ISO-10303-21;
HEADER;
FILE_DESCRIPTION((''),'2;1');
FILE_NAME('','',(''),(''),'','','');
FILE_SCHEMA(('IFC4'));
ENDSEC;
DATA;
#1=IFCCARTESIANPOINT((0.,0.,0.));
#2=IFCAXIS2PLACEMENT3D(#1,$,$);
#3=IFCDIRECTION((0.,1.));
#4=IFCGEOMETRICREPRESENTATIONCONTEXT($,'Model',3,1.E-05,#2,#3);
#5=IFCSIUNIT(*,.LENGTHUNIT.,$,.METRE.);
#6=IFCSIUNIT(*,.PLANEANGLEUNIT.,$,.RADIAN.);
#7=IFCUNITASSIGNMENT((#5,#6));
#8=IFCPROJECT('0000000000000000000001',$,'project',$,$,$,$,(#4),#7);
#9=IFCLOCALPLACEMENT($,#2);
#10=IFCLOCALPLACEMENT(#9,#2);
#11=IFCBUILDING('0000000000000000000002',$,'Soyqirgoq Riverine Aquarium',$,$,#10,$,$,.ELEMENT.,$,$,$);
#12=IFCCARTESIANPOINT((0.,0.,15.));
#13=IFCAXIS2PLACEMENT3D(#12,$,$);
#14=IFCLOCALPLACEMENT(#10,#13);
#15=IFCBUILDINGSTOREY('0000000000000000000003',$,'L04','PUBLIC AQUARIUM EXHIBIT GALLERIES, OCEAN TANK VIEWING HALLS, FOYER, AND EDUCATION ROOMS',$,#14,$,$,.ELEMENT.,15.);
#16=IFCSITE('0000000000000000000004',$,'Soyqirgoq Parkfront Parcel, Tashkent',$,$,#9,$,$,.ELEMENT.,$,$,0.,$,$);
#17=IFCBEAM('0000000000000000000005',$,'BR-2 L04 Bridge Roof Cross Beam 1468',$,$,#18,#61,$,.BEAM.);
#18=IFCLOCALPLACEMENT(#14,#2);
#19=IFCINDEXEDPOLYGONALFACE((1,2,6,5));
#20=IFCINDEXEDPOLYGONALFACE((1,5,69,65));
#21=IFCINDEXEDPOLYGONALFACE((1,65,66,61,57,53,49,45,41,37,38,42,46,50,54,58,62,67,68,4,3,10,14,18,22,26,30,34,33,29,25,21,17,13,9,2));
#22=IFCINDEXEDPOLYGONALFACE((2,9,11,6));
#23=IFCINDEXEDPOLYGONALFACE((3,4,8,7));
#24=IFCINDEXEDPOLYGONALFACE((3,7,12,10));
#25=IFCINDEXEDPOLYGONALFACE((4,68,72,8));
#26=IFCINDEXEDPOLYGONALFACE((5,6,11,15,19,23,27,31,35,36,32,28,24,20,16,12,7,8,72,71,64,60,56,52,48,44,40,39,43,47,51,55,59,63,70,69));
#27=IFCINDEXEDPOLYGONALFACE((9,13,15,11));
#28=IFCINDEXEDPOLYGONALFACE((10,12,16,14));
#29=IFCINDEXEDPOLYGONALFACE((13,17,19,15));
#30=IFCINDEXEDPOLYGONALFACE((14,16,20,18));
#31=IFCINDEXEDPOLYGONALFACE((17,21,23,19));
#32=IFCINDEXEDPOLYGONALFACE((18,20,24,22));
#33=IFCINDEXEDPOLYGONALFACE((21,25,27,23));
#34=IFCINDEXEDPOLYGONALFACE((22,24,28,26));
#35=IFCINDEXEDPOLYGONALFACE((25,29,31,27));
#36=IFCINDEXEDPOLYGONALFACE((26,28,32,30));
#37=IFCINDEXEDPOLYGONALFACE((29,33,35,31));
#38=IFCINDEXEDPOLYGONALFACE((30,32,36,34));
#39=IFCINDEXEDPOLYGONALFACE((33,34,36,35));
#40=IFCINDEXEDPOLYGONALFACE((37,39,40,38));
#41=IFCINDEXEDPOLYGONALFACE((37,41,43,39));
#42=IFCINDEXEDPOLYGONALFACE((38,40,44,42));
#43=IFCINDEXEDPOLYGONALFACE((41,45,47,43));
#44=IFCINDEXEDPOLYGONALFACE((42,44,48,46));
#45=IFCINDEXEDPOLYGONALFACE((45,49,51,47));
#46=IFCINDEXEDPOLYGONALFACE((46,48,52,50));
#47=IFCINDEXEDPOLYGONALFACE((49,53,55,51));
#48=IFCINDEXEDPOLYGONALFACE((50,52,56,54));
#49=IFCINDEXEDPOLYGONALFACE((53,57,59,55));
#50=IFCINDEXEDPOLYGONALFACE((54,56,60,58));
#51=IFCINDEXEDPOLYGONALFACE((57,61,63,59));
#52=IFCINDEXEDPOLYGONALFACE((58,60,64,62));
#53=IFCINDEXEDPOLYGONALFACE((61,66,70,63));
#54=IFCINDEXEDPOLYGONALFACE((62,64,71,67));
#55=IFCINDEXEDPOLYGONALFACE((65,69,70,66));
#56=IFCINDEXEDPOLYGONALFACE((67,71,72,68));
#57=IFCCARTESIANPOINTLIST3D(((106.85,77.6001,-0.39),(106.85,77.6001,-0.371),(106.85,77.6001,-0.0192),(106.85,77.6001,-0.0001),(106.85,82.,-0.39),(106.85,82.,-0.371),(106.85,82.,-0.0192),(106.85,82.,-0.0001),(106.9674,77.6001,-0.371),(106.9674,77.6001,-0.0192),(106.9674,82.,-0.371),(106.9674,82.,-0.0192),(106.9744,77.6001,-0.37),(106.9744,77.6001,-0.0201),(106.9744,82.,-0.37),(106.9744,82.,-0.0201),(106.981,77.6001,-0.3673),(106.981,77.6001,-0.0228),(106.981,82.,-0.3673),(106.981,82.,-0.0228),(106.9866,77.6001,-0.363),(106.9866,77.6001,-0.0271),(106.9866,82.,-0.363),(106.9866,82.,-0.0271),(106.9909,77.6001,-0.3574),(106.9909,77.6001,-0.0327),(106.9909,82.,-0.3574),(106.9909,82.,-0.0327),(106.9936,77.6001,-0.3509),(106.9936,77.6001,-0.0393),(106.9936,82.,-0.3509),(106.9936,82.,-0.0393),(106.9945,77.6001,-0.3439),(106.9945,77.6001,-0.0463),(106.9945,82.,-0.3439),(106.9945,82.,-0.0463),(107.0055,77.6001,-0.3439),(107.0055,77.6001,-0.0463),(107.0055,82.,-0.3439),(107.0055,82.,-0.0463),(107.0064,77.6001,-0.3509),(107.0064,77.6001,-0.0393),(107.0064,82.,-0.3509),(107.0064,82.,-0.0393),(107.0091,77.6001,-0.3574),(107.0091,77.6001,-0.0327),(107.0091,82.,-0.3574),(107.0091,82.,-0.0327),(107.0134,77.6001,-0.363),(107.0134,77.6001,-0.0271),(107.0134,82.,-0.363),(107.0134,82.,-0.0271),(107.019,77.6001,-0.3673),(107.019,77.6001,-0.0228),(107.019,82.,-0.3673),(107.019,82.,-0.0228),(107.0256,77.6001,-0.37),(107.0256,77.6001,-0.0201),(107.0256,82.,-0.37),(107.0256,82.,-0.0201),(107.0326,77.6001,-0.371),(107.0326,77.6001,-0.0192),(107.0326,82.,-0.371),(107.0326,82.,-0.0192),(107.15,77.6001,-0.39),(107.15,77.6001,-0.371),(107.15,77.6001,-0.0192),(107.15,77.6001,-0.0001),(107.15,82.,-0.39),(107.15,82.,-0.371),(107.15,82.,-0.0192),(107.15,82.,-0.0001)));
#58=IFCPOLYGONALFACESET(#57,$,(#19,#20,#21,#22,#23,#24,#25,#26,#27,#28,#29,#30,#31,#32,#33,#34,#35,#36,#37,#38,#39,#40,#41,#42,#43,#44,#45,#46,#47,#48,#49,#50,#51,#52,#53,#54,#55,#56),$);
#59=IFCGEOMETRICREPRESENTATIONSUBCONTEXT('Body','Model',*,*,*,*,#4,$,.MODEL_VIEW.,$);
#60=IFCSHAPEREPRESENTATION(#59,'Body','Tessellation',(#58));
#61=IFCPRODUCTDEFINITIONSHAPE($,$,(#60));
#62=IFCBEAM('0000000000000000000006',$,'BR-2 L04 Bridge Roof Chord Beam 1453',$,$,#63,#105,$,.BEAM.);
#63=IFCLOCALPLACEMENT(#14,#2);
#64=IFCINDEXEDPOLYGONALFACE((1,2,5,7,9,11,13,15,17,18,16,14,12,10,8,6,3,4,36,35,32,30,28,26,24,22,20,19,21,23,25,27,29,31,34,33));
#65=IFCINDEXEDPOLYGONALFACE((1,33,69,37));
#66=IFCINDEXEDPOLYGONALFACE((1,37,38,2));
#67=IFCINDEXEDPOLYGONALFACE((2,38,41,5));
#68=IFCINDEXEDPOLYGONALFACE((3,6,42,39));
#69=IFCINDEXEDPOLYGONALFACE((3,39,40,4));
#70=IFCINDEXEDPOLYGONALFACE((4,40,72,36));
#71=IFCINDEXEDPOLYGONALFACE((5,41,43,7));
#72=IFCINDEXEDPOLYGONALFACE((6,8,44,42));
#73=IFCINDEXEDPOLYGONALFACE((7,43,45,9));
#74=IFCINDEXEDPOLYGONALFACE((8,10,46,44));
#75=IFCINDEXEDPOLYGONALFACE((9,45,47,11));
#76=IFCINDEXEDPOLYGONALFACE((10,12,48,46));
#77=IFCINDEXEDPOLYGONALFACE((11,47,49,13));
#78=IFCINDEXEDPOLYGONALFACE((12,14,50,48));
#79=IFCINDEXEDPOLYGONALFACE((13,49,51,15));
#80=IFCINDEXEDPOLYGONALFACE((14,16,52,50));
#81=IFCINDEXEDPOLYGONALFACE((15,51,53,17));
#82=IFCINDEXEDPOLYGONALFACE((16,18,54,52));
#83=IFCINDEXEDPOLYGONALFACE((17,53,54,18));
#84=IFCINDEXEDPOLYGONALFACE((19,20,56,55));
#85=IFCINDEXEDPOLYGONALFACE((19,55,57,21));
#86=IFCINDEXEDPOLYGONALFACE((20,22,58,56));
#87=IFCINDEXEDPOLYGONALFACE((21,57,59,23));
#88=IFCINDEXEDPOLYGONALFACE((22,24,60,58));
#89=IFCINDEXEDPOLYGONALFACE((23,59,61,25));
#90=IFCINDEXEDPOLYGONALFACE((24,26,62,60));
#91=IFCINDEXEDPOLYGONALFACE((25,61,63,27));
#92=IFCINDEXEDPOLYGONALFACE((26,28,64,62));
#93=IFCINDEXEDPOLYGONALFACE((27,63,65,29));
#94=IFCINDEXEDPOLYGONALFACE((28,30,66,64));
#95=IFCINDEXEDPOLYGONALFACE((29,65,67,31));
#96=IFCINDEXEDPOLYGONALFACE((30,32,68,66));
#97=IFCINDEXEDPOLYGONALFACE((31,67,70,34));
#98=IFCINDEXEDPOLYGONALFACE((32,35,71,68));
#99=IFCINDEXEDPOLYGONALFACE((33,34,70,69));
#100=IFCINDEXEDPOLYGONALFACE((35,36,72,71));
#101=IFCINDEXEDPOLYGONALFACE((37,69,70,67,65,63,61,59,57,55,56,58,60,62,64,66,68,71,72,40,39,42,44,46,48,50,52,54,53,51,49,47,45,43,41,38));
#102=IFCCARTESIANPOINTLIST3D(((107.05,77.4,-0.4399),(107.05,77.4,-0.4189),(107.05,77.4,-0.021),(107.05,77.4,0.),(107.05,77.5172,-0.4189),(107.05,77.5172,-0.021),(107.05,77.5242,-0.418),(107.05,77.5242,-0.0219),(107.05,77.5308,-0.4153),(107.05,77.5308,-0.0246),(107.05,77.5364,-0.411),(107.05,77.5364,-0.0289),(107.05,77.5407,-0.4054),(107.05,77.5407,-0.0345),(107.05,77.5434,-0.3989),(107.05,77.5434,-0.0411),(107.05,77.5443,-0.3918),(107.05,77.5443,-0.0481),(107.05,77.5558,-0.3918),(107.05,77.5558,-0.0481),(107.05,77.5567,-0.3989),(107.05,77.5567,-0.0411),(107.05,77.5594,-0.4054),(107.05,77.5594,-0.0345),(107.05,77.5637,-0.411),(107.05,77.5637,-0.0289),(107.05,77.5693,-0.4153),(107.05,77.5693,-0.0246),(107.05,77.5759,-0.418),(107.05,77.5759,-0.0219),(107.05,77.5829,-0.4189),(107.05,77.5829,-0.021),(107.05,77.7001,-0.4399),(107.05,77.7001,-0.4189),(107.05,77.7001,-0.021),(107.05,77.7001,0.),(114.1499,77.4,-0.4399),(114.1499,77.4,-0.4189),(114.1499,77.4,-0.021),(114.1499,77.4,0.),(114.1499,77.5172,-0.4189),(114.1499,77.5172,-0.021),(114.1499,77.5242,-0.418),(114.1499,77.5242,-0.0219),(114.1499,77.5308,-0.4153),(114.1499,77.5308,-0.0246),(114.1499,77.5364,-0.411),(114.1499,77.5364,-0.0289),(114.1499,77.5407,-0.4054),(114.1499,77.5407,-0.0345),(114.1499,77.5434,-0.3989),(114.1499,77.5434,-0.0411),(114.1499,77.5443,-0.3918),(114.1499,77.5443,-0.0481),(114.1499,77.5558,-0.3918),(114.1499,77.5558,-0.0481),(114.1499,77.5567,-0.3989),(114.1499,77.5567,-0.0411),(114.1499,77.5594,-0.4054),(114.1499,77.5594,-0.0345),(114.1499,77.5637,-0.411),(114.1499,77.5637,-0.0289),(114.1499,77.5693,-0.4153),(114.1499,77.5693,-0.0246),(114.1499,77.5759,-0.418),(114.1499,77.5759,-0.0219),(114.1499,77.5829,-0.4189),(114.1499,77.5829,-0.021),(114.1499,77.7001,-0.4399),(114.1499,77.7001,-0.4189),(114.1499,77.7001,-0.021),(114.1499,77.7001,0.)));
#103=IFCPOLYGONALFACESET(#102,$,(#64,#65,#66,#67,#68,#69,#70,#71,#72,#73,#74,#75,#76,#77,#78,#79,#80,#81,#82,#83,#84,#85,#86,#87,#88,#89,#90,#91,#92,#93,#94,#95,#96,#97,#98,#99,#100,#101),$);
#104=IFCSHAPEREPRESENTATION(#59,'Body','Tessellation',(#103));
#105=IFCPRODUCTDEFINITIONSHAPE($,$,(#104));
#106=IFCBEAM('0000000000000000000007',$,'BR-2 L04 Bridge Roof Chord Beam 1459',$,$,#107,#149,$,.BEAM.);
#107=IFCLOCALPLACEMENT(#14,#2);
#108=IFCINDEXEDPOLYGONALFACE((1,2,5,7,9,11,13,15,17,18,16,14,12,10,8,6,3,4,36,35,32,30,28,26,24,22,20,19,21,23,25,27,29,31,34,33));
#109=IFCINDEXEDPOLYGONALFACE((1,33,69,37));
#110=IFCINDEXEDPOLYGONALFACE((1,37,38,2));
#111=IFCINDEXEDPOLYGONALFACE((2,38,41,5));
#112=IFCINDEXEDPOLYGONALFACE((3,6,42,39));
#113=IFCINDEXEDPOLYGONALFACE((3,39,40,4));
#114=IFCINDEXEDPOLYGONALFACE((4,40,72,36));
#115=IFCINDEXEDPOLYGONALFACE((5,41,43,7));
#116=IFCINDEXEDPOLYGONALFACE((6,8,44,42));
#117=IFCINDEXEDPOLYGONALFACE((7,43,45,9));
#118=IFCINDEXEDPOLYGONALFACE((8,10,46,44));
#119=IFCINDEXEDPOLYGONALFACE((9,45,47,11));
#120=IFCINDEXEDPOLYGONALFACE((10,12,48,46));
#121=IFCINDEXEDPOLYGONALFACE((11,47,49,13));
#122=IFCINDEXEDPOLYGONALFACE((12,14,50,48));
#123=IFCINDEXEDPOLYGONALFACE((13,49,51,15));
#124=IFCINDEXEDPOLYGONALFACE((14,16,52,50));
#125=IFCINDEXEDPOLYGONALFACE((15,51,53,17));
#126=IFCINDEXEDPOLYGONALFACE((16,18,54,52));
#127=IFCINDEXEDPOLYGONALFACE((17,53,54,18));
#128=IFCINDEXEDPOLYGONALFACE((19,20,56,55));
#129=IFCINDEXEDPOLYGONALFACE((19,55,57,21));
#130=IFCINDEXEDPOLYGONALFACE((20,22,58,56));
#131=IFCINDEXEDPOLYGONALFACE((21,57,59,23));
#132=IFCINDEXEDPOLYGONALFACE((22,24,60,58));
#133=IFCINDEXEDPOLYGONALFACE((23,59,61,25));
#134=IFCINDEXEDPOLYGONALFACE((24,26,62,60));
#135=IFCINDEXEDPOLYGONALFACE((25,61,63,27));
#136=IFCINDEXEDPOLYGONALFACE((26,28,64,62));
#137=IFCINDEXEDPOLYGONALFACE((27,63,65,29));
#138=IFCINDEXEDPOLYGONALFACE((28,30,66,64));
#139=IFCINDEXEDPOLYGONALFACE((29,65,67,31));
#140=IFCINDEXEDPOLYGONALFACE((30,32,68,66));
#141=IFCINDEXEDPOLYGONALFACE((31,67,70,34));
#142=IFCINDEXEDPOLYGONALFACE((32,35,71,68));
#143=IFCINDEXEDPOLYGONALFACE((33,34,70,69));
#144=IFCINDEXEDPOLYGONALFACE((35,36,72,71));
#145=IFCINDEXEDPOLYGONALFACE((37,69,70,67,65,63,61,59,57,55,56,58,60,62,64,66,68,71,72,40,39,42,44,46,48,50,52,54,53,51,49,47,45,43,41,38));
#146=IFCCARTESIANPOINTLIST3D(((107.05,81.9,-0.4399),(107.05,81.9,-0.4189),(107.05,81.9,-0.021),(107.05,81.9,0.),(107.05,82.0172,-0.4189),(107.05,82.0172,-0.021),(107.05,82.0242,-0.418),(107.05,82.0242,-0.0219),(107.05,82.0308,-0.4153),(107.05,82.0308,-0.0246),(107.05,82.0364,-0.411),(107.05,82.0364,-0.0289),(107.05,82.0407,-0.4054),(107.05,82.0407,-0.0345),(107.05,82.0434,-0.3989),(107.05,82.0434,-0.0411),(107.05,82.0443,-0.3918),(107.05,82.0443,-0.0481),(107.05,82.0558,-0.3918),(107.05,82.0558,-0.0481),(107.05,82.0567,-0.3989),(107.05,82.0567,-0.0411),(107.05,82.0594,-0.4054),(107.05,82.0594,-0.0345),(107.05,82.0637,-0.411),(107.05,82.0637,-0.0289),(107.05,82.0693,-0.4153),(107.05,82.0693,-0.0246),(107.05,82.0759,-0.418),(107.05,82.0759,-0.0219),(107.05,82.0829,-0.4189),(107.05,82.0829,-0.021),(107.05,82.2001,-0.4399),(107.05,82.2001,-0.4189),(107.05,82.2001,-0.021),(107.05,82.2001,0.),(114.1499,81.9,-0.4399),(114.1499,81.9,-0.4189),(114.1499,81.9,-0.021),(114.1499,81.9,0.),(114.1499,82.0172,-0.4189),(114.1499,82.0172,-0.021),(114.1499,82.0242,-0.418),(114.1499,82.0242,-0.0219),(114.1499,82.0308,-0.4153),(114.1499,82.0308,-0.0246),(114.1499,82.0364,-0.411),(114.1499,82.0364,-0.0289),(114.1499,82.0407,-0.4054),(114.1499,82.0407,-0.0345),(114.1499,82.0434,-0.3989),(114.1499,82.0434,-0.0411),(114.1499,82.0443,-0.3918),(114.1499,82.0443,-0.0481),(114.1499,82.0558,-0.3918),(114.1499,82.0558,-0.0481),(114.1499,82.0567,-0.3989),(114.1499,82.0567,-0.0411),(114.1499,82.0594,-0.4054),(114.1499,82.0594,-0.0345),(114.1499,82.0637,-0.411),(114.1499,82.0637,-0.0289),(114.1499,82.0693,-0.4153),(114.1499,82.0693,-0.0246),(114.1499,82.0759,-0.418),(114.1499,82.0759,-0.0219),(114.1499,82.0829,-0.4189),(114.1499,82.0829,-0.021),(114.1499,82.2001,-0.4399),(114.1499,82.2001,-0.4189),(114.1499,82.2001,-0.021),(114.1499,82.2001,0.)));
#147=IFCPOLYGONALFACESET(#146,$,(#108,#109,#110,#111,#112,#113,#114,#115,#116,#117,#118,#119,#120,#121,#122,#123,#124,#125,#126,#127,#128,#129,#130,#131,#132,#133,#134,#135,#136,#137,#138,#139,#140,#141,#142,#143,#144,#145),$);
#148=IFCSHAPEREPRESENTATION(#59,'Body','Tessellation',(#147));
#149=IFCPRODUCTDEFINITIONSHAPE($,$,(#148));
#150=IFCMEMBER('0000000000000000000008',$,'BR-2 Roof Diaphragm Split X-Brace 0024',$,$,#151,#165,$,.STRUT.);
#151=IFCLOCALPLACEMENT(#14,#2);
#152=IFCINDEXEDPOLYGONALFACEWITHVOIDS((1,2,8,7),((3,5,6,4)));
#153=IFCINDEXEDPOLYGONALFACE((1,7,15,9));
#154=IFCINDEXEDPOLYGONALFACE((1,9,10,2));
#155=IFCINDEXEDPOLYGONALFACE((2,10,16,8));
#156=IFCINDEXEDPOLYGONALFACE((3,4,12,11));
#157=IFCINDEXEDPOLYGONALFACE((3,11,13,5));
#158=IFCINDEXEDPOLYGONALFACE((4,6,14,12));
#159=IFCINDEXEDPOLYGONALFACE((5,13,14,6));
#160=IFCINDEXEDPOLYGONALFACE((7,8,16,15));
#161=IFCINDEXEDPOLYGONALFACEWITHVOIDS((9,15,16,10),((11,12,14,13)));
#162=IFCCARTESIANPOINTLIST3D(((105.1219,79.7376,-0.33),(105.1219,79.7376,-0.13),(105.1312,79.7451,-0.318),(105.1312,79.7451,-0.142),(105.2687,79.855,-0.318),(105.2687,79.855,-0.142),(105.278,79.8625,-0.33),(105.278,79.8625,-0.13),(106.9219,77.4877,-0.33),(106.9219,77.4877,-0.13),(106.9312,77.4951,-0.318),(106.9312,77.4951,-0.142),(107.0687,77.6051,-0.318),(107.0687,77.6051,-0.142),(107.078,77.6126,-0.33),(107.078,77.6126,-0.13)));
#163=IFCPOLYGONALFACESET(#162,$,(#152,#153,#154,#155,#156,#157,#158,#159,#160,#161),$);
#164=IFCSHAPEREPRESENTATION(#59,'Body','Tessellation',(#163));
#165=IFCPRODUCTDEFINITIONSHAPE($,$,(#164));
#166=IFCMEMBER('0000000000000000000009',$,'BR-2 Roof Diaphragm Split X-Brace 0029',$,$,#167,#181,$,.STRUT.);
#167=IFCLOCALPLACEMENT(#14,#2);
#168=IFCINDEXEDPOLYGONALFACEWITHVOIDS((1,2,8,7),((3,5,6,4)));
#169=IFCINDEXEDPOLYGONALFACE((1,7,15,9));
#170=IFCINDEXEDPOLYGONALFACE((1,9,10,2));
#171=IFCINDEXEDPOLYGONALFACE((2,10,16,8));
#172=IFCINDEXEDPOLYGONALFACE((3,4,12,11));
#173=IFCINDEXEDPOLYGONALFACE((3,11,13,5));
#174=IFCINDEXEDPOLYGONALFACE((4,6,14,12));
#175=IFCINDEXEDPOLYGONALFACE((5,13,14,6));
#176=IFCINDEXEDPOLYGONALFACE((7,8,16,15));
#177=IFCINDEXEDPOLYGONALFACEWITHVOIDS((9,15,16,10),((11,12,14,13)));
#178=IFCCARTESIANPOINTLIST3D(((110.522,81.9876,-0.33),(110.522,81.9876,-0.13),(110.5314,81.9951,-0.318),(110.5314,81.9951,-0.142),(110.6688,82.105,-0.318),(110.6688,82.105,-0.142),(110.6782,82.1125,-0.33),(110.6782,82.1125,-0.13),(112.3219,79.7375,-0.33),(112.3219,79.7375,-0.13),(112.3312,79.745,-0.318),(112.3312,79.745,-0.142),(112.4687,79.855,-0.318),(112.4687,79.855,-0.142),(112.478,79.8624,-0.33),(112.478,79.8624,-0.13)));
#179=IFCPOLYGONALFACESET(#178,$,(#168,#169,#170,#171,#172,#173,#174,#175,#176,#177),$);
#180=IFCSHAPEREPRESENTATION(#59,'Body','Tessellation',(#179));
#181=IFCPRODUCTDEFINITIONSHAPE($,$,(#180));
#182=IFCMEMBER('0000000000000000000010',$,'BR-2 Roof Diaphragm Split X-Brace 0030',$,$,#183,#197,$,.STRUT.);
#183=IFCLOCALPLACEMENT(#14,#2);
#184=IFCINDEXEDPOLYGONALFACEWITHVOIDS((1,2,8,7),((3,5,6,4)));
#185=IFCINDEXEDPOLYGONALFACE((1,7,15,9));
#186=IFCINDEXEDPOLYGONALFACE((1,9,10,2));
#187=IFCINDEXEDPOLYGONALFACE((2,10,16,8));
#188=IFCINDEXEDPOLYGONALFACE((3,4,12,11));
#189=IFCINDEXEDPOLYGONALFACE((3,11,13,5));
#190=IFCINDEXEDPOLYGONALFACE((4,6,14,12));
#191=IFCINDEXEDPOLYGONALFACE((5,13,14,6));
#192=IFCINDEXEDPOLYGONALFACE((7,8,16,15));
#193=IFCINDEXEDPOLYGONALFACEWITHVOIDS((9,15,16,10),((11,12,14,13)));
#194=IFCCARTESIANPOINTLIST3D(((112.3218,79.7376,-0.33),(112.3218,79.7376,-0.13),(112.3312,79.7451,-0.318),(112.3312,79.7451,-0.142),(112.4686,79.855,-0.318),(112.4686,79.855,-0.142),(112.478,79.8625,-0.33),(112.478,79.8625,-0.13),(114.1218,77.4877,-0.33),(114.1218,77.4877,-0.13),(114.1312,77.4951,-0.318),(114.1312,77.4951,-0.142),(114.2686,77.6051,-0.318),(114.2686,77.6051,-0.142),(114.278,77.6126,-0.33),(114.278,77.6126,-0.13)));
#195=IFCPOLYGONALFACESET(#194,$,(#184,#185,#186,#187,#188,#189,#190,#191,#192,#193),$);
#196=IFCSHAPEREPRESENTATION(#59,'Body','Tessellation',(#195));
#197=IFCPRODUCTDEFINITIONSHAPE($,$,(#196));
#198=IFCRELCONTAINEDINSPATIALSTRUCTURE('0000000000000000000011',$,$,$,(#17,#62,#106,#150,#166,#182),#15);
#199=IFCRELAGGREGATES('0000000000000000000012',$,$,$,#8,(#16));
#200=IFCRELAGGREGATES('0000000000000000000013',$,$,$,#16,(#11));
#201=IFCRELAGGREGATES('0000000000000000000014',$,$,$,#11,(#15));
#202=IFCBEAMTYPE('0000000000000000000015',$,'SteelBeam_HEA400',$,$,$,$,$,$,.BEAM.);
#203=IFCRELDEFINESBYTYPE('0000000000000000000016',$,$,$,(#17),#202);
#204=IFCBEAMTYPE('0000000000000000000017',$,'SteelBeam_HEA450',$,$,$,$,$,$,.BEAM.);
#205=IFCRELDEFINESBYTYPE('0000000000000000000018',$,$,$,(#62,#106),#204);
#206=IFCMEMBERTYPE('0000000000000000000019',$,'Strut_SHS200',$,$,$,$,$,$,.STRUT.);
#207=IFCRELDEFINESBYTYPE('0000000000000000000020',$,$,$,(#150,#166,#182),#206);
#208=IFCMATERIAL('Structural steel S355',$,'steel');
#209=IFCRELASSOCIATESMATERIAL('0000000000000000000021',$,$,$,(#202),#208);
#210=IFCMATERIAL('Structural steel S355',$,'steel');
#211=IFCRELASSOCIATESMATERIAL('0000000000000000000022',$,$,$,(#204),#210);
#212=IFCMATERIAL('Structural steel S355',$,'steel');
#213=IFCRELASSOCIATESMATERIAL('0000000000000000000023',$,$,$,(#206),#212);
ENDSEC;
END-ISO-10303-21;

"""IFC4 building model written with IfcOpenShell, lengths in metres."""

from ifc_helpers import new_model, si_unit, direction, frame, origin, origin_2d, place, context, subcontext, project, spatial, hollow_rectangle, i_section, extrude, material, material_profile, profile_set, type_object, element, save


model = new_model("IFC4")

# Units and contexts
model_context = context("Model", 3, precision=1e-05, world=origin(), true_north=direction((0.0, 1.0)))
body_context = subcontext(model_context, "Body", "Model", "MODEL_VIEW")
ifc_project = project(units=[si_unit("LENGTHUNIT", "METRE"), si_unit("PLANEANGLEUNIT", "RADIAN")], contexts=[model_context])

# Site, building, storey
site_placement = place(None, origin())
site = spatial("IfcSite", under=ifc_project, at=site_placement, Name="Soyqirgoq Parkfront Parcel, Tashkent", CompositionType="ELEMENT", RefElevation=0.0)
building_placement = place(site_placement, origin())
building = spatial("IfcBuilding", under=site, at=building_placement, Name="Soyqirgoq Riverine Aquarium", CompositionType="ELEMENT")
storey_placement = place(building_placement, frame((0.0, 0.0, 15.0)))
storey = spatial("IfcBuildingStorey", under=building, at=storey_placement, Name="L04", Description="PUBLIC AQUARIUM EXHIBIT GALLERIES, OCEAN TANK VIEWING HALLS, FOYER, AND EDUCATION ROOMS", CompositionType="ELEMENT", Elevation=15.0)

# Beams
ifc_material_1 = material(Name="Structural steel S355", Category="steel")
ifc_material_profile_1 = material_profile(ifc_material_1, i_section(OverallWidth=0.3, OverallDepth=0.3899, WebThickness=0.011, FlangeThickness=0.019, FilletRadius=0.0271, at=origin_2d()), Name="HEA 400")
ifc_profile_set_1 = profile_set([ifc_material_profile_1], Name="Structural steel S355")
beam_type_1 = type_object("IfcBeamType", Name="SteelBeam_HEA400", PredefinedType="BEAM", material=ifc_profile_set_1)
for number, where, z_axis, x_axis, name in (
    (1, (107.0, 77.6001, -0.1951), (0.0, 1.0, 0.0), (-1.0, 0.0, 0.0), "BR-2 L04 Bridge Roof Cross Beam 1468"),
):
    element("IfcBeam", number, at=place(storey_placement, frame(where, z_axis=z_axis, x_axis=x_axis)), inside=storey, type_object=beam_type_1, Name=name, PredefinedType="BEAM", context=body_context, shape_type="SweptSolid", body=[
        extrude(i_section(OverallWidth=0.3, OverallDepth=0.3899, WebThickness=0.011, FlangeThickness=0.019, FilletRadius=0.0271, at=origin_2d()), origin(), (0.0, 0.0, 1.0), 4.3999),
    ])
ifc_material_2 = material(Name="Structural steel S355", Category="steel")
ifc_material_profile_2 = material_profile(ifc_material_2, i_section(OverallWidth=0.3, OverallDepth=0.4399, WebThickness=0.0115, FlangeThickness=0.021, FilletRadius=0.0271, at=origin_2d()), Name="HEA 450")
ifc_profile_set_2 = profile_set([ifc_material_profile_2], Name="Structural steel S355")
beam_type_2 = type_object("IfcBeamType", Name="SteelBeam_HEA450", PredefinedType="BEAM", material=ifc_profile_set_2)
for number, where, z_axis, x_axis, name in (
    (2, (107.05, 77.55, -0.22), (1.0, 0.0, 0.0), (0.0, 1.0, 0.0), "BR-2 L04 Bridge Roof Chord Beam 1453"),
    (3, (107.05, 82.05, -0.22), (1.0, 0.0, 0.0), (0.0, 1.0, 0.0), "BR-2 L04 Bridge Roof Chord Beam 1459"),
):
    element("IfcBeam", number, at=place(storey_placement, frame(where, z_axis=z_axis, x_axis=x_axis)), inside=storey, type_object=beam_type_2, Name=name, PredefinedType="BEAM", context=body_context, shape_type="SweptSolid", body=[
        extrude(i_section(OverallWidth=0.3, OverallDepth=0.4399, WebThickness=0.0115, FlangeThickness=0.021, FilletRadius=0.0271, at=origin_2d()), origin(), (0.0, 0.0, 1.0), 7.0999),
    ])

# Members
ifc_material_3 = material(Name="Structural steel S355", Category="steel")
ifc_material_profile_3 = material_profile(ifc_material_3, hollow_rectangle(XDim=0.2, YDim=0.2, WallThickness=0.012, at=origin_2d()), Name="SHS 200x200x12")
ifc_profile_set_3 = profile_set([ifc_material_profile_3], Name="Structural steel S355")
member_type_1 = type_object("IfcMemberType", Name="Strut_SHS200", PredefinedType="STRUT", material=ifc_profile_set_3)
for number, where, z_axis, x_axis, name in (
    (4, (105.2, 79.8, -0.23), (0.624705, -0.780861, 0.0), (0.780861, 0.624705, 0.0), "BR-2 Roof Diaphragm Split X-Brace 0024"),
    (5, (110.6001, 82.05, -0.23), (0.624654, -0.780902, 0.0), (0.780902, 0.624654, 0.0), "BR-2 Roof Diaphragm Split X-Brace 0029"),
    (6, (112.3999, 79.8, -0.23), (0.624705, -0.780861, 0.0), (0.780861, 0.624705, 0.0), "BR-2 Roof Diaphragm Split X-Brace 0030"),
):
    element("IfcMember", number, at=place(storey_placement, frame(where, z_axis=z_axis, x_axis=x_axis)), inside=storey, type_object=member_type_1, Name=name, PredefinedType="STRUT", context=body_context, shape_type="SweptSolid", body=[
        extrude(hollow_rectangle(XDim=0.2, YDim=0.2, WallThickness=0.012, at=origin_2d()), origin(), (0.0, 0.0, 1.0), 2.8813),
    ])

save(model, "model.ifc")
